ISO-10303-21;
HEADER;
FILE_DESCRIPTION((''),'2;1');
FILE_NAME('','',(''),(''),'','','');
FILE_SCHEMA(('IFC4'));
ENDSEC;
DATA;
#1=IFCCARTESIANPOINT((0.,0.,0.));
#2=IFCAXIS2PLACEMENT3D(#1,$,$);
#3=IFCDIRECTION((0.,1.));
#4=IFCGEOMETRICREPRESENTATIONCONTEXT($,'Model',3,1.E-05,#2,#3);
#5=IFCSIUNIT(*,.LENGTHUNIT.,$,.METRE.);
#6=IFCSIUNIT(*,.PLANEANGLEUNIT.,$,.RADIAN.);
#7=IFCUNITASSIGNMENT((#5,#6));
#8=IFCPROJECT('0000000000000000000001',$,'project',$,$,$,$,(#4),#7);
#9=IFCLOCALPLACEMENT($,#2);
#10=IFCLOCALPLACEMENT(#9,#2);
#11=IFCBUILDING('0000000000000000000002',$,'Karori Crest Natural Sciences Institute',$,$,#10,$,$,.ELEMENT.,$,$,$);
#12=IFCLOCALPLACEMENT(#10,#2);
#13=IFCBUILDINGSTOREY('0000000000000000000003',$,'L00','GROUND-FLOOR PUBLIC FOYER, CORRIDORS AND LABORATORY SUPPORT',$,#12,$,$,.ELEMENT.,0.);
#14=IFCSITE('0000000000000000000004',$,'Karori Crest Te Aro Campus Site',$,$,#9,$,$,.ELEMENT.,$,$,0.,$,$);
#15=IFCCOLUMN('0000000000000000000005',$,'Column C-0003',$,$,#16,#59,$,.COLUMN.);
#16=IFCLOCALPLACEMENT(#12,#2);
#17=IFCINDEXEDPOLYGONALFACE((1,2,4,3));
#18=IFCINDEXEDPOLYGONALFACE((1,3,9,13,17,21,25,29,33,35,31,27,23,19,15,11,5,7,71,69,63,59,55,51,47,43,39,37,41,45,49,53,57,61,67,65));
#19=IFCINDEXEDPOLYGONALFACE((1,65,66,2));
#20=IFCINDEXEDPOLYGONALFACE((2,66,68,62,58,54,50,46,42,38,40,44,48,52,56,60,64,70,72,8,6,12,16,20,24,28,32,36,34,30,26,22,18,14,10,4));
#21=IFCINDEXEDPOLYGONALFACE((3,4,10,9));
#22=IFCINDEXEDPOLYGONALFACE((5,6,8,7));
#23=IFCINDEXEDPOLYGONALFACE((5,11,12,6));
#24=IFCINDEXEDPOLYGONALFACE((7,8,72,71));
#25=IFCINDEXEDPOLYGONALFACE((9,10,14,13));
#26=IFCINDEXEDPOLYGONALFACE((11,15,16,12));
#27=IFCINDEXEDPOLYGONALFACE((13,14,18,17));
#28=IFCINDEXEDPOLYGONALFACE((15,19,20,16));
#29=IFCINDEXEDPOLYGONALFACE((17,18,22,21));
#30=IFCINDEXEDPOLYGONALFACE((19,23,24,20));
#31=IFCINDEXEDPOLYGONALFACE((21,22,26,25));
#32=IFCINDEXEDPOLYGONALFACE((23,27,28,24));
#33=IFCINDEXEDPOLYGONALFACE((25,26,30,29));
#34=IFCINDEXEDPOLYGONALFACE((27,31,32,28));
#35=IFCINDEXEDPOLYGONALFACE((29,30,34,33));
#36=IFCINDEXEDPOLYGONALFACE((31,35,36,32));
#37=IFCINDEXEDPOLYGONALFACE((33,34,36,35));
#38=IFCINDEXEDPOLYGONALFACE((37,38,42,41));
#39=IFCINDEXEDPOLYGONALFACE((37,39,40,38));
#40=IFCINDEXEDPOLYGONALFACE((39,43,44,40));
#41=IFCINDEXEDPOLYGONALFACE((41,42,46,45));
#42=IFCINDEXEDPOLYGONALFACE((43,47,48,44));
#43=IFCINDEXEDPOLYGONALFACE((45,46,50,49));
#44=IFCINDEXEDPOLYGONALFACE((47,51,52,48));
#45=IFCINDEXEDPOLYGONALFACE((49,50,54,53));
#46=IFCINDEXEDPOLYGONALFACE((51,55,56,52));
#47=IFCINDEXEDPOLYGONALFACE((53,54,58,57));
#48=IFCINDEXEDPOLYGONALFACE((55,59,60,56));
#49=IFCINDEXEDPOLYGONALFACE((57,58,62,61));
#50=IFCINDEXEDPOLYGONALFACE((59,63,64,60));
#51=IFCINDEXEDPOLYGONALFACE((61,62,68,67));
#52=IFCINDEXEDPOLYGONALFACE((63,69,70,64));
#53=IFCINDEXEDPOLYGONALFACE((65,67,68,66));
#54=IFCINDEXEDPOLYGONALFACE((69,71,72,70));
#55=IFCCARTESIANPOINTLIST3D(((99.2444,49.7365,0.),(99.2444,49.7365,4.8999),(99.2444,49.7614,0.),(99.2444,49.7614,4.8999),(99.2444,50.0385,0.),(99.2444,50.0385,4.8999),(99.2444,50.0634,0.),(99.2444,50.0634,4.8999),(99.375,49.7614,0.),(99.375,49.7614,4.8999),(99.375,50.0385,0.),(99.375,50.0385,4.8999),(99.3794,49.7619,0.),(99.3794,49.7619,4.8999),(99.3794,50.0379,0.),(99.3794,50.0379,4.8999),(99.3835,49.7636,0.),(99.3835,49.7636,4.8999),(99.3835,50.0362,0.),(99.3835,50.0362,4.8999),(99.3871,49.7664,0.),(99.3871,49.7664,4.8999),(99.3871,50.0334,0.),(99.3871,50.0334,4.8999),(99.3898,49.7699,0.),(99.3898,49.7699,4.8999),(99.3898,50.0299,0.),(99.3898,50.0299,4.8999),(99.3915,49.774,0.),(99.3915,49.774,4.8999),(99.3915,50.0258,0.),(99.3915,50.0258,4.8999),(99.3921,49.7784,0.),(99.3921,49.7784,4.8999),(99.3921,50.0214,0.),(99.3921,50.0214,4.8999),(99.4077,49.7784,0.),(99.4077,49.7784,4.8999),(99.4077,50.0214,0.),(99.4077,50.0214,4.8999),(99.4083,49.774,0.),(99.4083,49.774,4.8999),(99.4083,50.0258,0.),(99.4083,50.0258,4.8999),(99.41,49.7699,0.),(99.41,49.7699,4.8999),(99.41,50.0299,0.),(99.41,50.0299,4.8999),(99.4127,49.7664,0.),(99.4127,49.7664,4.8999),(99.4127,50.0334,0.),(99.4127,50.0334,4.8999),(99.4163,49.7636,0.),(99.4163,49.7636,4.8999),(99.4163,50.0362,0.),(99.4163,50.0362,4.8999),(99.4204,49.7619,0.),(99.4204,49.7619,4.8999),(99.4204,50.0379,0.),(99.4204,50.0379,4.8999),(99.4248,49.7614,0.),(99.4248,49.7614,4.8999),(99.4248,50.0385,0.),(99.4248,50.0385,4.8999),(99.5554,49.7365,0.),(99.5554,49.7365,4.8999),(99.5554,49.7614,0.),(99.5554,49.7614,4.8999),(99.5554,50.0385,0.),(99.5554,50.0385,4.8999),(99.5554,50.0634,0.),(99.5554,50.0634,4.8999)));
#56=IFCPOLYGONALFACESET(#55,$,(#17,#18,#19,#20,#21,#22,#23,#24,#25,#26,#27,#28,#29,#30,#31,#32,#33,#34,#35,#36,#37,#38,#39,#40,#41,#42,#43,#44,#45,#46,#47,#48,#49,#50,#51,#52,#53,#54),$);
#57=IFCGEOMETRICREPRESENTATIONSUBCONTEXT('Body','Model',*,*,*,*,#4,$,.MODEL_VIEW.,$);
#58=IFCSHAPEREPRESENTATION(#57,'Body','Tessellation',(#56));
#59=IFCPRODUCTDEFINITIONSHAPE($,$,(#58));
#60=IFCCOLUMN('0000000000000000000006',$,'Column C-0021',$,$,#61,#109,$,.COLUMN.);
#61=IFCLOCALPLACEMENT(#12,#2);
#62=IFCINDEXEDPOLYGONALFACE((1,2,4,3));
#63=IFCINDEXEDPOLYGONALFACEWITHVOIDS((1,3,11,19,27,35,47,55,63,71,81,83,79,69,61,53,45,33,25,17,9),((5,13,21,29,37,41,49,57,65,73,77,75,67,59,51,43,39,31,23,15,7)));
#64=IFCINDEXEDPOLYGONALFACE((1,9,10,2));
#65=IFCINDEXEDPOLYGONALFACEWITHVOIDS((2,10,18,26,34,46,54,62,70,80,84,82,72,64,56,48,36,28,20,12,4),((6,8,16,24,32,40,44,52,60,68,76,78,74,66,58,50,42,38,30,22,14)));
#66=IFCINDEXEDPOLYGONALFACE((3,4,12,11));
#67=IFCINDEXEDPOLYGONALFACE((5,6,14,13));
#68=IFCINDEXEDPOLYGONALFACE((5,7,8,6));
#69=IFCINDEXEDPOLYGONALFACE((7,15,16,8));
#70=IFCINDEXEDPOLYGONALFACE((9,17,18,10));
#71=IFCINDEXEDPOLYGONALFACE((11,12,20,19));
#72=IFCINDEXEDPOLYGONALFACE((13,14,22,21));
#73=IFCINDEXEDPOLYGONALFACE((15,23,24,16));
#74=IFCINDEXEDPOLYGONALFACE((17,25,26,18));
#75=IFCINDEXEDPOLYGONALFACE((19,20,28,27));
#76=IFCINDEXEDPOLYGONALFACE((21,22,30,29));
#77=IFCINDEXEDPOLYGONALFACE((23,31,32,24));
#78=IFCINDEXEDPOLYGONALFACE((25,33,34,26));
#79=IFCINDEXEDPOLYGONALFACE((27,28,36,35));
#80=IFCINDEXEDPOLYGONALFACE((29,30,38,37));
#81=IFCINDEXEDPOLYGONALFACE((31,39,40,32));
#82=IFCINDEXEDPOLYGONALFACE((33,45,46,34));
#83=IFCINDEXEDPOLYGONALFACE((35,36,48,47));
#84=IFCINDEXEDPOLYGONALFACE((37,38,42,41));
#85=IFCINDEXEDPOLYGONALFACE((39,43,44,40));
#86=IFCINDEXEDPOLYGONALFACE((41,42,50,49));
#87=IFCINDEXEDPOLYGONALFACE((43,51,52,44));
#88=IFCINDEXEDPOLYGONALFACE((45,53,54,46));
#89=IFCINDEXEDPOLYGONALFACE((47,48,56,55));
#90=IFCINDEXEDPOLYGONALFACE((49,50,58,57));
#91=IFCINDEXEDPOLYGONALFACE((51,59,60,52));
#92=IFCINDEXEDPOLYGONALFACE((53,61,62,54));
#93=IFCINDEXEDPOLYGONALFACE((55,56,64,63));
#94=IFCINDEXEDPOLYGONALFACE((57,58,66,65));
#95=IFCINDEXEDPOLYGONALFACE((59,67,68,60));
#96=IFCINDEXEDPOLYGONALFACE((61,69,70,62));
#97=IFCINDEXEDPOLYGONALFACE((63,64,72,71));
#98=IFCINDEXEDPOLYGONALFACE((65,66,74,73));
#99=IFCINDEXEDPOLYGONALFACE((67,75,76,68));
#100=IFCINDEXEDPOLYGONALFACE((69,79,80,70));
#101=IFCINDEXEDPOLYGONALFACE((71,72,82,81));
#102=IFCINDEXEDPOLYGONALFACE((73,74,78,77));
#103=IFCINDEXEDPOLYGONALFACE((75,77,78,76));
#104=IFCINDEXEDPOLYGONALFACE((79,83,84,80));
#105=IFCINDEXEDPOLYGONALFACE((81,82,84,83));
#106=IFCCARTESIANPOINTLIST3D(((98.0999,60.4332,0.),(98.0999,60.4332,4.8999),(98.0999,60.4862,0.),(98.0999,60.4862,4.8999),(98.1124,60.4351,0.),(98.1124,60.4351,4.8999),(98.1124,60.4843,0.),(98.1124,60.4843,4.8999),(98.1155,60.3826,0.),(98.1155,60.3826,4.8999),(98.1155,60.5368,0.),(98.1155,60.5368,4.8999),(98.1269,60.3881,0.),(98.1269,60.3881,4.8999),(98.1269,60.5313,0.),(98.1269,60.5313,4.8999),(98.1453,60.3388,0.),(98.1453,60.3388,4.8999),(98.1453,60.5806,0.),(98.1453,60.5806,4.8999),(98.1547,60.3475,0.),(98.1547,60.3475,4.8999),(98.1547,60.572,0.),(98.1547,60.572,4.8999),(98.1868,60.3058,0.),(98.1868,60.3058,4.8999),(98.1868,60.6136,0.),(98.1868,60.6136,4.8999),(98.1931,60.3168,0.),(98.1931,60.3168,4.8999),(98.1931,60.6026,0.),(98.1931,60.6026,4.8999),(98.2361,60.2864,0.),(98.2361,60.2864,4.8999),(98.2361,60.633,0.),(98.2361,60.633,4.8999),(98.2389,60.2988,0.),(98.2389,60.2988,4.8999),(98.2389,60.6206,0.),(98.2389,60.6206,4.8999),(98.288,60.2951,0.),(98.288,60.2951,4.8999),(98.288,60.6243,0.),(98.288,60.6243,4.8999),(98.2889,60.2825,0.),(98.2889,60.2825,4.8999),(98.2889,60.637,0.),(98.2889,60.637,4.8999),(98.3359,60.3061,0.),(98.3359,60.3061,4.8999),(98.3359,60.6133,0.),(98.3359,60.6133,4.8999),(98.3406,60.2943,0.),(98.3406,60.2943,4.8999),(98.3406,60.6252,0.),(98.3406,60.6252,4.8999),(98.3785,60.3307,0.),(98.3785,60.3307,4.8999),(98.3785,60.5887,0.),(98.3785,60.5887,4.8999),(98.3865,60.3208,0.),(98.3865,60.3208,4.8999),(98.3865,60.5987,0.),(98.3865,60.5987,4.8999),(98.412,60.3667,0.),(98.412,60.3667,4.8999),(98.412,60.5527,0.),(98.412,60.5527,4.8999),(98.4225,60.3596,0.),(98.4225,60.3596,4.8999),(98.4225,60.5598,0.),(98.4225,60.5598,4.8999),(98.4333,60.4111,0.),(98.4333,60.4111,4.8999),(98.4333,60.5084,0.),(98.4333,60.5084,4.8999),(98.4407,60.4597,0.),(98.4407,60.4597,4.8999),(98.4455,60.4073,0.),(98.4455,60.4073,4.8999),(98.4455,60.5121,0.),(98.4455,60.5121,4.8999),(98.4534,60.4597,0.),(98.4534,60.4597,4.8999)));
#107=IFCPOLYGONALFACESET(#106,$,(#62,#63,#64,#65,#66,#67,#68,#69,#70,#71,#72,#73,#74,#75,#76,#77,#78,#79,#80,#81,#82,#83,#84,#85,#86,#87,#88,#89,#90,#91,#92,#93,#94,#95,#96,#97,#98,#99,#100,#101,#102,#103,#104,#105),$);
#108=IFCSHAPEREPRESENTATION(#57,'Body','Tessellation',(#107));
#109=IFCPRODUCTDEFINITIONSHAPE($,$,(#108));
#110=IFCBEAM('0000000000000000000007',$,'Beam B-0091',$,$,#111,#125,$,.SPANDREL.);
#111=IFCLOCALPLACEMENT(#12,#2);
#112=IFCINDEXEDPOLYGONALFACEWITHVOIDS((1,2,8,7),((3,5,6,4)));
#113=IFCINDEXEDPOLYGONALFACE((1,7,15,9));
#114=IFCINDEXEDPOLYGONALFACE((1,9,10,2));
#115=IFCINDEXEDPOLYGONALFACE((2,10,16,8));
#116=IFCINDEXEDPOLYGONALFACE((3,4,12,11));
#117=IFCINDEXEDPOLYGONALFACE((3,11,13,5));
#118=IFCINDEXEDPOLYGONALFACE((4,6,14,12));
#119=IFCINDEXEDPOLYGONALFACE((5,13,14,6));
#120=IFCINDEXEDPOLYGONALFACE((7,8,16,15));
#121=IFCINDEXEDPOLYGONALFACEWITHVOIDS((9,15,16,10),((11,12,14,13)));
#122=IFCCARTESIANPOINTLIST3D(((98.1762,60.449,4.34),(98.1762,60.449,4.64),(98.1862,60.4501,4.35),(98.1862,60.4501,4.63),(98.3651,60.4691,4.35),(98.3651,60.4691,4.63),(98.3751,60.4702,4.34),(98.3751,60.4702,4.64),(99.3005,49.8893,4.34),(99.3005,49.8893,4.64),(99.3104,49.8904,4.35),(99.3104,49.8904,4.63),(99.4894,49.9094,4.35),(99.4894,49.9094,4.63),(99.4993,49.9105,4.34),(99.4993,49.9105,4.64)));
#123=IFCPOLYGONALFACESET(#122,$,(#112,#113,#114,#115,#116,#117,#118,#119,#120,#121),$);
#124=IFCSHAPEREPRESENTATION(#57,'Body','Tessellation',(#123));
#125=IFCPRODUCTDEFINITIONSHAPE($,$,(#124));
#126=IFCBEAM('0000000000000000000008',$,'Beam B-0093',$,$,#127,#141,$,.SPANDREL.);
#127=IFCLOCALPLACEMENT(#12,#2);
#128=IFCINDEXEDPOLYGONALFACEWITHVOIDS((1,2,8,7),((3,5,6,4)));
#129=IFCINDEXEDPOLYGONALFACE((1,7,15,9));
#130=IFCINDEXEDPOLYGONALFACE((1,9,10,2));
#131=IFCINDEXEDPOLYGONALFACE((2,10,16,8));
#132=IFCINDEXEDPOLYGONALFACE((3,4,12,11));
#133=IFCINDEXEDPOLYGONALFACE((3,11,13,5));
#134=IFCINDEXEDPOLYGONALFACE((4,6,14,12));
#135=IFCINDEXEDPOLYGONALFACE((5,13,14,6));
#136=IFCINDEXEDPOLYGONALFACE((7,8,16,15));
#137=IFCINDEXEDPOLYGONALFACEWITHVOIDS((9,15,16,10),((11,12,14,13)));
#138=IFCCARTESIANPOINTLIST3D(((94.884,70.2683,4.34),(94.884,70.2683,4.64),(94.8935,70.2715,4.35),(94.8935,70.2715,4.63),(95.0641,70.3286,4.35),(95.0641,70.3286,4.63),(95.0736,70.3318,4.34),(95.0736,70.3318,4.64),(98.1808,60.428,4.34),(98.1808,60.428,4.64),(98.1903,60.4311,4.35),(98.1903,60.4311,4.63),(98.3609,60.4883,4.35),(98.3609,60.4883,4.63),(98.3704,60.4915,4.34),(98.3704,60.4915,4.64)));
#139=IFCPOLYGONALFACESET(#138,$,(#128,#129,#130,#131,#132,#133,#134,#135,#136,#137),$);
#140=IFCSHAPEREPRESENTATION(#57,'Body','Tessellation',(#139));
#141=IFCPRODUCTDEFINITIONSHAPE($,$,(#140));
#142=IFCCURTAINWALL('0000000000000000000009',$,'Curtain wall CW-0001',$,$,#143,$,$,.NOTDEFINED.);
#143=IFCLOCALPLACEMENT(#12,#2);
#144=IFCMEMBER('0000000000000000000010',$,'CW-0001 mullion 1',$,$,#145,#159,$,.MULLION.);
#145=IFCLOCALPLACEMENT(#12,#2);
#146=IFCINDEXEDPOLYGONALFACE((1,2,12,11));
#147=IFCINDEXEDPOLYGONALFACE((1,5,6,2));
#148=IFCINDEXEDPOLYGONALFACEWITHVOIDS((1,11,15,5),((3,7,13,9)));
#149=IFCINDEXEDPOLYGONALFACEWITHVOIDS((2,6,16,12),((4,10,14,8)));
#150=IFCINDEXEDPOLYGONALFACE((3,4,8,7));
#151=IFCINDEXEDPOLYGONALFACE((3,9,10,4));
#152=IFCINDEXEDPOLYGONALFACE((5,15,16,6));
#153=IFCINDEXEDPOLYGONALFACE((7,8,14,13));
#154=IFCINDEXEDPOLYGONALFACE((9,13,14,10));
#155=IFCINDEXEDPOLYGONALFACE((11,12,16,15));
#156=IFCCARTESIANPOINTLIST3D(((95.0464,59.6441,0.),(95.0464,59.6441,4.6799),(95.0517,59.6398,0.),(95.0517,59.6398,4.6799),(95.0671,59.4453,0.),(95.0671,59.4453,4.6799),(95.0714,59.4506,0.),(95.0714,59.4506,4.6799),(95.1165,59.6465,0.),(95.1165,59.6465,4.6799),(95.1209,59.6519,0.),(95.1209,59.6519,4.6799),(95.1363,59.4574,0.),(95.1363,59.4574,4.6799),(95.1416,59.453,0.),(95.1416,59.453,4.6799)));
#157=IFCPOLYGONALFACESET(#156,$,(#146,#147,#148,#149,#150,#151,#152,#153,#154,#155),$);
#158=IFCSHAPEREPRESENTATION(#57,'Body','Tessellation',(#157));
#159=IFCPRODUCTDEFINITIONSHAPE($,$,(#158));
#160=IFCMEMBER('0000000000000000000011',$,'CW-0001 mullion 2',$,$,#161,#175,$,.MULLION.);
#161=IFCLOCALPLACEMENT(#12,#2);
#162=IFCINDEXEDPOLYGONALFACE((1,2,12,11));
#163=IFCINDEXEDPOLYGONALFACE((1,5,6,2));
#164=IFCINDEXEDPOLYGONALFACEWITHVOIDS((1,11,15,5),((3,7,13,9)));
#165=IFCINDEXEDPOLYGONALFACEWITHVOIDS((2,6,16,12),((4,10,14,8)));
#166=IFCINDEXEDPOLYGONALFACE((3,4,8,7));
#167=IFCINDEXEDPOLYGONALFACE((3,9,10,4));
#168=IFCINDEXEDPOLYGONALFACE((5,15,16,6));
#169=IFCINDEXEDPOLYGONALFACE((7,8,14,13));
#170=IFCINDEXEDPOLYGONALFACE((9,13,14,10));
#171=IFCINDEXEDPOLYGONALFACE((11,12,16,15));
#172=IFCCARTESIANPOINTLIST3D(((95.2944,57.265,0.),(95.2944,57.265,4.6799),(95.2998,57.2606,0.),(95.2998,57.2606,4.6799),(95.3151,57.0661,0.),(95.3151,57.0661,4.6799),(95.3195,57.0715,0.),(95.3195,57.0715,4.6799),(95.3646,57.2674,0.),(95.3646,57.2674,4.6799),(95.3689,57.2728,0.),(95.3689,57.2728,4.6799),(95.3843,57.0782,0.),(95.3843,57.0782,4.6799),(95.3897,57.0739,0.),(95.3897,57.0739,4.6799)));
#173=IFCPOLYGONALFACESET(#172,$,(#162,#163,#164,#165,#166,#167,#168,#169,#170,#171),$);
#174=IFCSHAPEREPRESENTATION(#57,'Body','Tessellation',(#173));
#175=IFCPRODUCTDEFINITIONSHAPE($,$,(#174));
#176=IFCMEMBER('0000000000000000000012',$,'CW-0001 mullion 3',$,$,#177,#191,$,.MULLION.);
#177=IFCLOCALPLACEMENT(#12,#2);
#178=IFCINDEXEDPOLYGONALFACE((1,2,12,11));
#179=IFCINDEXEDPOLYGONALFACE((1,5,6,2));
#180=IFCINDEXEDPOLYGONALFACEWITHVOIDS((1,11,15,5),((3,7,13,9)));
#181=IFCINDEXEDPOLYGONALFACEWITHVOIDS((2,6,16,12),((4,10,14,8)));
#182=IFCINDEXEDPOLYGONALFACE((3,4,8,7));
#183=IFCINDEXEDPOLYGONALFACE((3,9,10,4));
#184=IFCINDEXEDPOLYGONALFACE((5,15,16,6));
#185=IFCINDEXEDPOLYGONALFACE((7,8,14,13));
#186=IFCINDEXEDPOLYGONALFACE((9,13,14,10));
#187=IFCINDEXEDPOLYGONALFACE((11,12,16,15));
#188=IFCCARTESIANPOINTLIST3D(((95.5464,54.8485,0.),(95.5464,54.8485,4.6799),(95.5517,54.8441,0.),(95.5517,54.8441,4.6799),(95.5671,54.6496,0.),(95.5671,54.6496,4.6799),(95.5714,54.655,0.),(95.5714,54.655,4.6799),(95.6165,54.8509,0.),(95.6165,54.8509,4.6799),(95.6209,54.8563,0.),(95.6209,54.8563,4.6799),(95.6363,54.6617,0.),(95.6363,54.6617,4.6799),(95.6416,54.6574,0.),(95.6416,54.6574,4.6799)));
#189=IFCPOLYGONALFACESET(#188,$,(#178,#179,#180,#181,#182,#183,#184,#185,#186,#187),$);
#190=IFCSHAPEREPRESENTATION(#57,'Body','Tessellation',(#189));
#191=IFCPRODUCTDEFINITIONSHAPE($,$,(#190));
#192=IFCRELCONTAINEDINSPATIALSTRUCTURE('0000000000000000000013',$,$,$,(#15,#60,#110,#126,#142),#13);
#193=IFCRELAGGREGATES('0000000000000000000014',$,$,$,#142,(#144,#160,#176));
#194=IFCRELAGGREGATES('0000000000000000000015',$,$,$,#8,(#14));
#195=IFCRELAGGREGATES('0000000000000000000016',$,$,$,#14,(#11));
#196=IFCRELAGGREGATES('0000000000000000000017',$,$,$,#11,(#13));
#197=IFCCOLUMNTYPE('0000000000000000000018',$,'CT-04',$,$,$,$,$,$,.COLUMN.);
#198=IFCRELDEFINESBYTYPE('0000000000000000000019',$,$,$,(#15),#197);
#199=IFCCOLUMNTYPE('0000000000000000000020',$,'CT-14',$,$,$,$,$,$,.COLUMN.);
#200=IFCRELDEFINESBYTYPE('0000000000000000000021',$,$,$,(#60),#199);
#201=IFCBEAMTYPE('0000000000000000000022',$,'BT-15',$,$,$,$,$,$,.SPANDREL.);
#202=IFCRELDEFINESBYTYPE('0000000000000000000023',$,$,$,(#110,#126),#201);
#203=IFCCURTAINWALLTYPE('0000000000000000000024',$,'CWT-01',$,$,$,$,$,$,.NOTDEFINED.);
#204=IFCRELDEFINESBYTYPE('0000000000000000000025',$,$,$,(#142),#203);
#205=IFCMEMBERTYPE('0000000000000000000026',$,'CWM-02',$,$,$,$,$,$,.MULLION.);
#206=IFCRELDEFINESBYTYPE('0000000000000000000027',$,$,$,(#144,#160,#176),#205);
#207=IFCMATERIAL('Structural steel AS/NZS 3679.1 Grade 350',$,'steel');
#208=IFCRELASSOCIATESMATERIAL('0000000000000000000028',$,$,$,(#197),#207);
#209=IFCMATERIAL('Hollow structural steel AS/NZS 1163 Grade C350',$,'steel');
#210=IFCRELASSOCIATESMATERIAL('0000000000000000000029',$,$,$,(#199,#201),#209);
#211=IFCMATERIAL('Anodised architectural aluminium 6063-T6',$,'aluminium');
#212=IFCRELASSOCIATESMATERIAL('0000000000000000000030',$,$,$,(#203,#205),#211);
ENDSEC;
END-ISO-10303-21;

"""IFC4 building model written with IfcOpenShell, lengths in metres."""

from ifc_helpers import new_model, si_unit, direction, frame, origin, origin_2d, place, context, subcontext, project, spatial, hollow_rectangle, hollow_circle, i_section, extrude, material, material_profile, profile_set, type_object, element, aggregate, save


model = new_model("IFC4")

# Units and contexts
model_context = context("Model", 3, precision=1e-05, world=origin(), true_north=direction((0.0, 1.0)))
body_context = subcontext(model_context, "Body", "Model", "MODEL_VIEW")
ifc_project = project(units=[si_unit("LENGTHUNIT", "METRE"), si_unit("PLANEANGLEUNIT", "RADIAN")], contexts=[model_context])

# Site, building, storey
site_placement = place(None, origin())
site = spatial("IfcSite", under=ifc_project, at=site_placement, Name="Karori Crest Te Aro Campus Site", CompositionType="ELEMENT", RefElevation=0.0)
building_placement = place(site_placement, origin())
building = spatial("IfcBuilding", under=site, at=building_placement, Name="Karori Crest Natural Sciences Institute", CompositionType="ELEMENT")
storey_placement = place(building_placement, origin())
storey = spatial("IfcBuildingStorey", under=building, at=storey_placement, Name="L00", Description="GROUND-FLOOR PUBLIC FOYER, CORRIDORS AND LABORATORY SUPPORT", CompositionType="ELEMENT", Elevation=0.0)

# Columns
ifc_material_1 = material(Name="Structural steel AS/NZS 3679.1 Grade 350", Category="steel")
ifc_material_profile_1 = material_profile(ifc_material_1, i_section(OverallWidth=0.311, OverallDepth=0.3269, WebThickness=0.0156, FlangeThickness=0.0249, FilletRadius=0.0171, at=origin_2d()), Name="310UC158")
ifc_profile_set_1 = profile_set([ifc_material_profile_1], Name="Structural steel AS/NZS 3679.1 Grade 350")
column_type_1 = type_object("IfcColumnType", Name="CT-04", PredefinedType="COLUMN", material=ifc_profile_set_1)
column_1_placement = place(storey_placement, frame((99.3999, 49.8999, 0.0), z_axis=(0.0, 0.0, 1.0), x_axis=(1.0, 0.0, 0.0)))
element("IfcColumn", 1, at=column_1_placement, inside=storey, type_object=column_type_1, Name="Column C-0003", PredefinedType="COLUMN", context=body_context, shape_type="SweptSolid", body=[
    extrude(i_section(OverallWidth=0.311, OverallDepth=0.3269, WebThickness=0.0156, FlangeThickness=0.0249, FilletRadius=0.0171, at=origin_2d()), origin(), (0.0, 0.0, 1.0), 4.8999),
])
ifc_material_2 = material(Name="Hollow structural steel AS/NZS 1163 Grade C350", Category="steel")
ifc_material_profile_2 = material_profile(ifc_material_2, hollow_circle(Radius=0.1777, WallThickness=0.0127, at=origin_2d()), Name="CHS355.6x12.7")
ifc_profile_set_2 = profile_set([ifc_material_profile_2], Name="Hollow structural steel AS/NZS 1163 Grade C350")
column_type_2 = type_object("IfcColumnType", Name="CT-14", PredefinedType="COLUMN", material=ifc_profile_set_2)
column_2_placement = place(storey_placement, frame((98.2756, 60.4597, 0.0), z_axis=(0.0, 0.0, 1.0), x_axis=(1.0, 0.0, 0.0)))
element("IfcColumn", 2, at=column_2_placement, inside=storey, type_object=column_type_2, Name="Column C-0021", PredefinedType="COLUMN", context=body_context, shape_type="SweptSolid", body=[
    extrude(hollow_circle(Radius=0.1777, WallThickness=0.0127, at=origin_2d()), origin(), (0.0, 0.0, 1.0), 4.8999),
])

# Beams
ifc_material_profile_3 = material_profile(ifc_material_2, hollow_rectangle(XDim=0.2, YDim=0.3, WallThickness=0.01, at=origin_2d()), Name="RHS300x200x10")
ifc_profile_set_3 = profile_set([ifc_material_profile_3], Name="Hollow structural steel AS/NZS 1163 Grade C350")
beam_type = type_object("IfcBeamType", Name="BT-15", PredefinedType="SPANDREL", material=ifc_profile_set_3)
beam_1_placement = place(storey_placement, frame((99.3999, 49.8999, 4.49), z_axis=(-0.105868, 0.99438, 0.0), x_axis=(-0.99438, -0.105868, 0.0)))
element("IfcBeam", 3, at=beam_1_placement, inside=storey, type_object=beam_type, Name="Beam B-0091", PredefinedType="SPANDREL", context=body_context, shape_type="SweptSolid", body=[
    extrude(hollow_rectangle(XDim=0.2, YDim=0.3, WallThickness=0.01, at=origin_2d()), origin(), (0.0, 0.0, 1.0), 10.6194),
])
beam_2_placement = place(storey_placement, frame((98.2756, 60.4597, 4.49), z_axis=(-0.317681, 0.948198, 0.0), x_axis=(-0.948198, -0.317681, 0.0)))
element("IfcBeam", 4, at=beam_2_placement, inside=storey, type_object=beam_type, Name="Beam B-0093", PredefinedType="SPANDREL", context=body_context, shape_type="SweptSolid", body=[
    extrude(hollow_rectangle(XDim=0.2, YDim=0.3, WallThickness=0.01, at=origin_2d()), origin(), (0.0, 0.0, 1.0), 10.3779),
])

# Curtain wall, members
ifc_material_3 = material(Name="Anodised architectural aluminium 6063-T6", Category="aluminium")
curtain_wall_type = type_object("IfcCurtainWallType", Name="CWT-01", PredefinedType="NOTDEFINED", material=ifc_material_3)
curtain_wall_placement = place(storey_placement, origin())
curtain_wall = element("IfcCurtainWall", 5, at=curtain_wall_placement, inside=storey, type_object=curtain_wall_type, Name="Curtain wall CW-0001", PredefinedType="NOTDEFINED")
ifc_material_profile_4 = material_profile(ifc_material_3, hollow_rectangle(XDim=0.075, YDim=0.2, WallThickness=0.0049, at=origin_2d()), Name="CWM200x75x5")
ifc_profile_set_4 = profile_set([ifc_material_profile_4], Name="Anodised architectural aluminium 6063-T6")
member_type_1 = type_object("IfcMemberType", Name="CWM-02", PredefinedType="MULLION", material=ifc_profile_set_4)
member_1_placement = place(storey_placement, frame((95.094, 59.5486, 0.0), z_axis=(0.0, 0.0, 1.0), x_axis=(0.994608, 0.103701, 0.0)))
member_1 = element("IfcMember", 6, at=member_1_placement, type_object=member_type_1, Name="CW-0001 mullion 1", PredefinedType="MULLION", context=body_context, shape_type="SweptSolid", body=[
    extrude(hollow_rectangle(XDim=0.075, YDim=0.2, WallThickness=0.0049, at=origin_2d()), origin(), (0.0, 0.0, 1.0), 4.6799),
])
member_2_placement = place(storey_placement, frame((95.342, 57.1694, 0.0), z_axis=(0.0, 0.0, 1.0), x_axis=(0.994608, 0.103701, 0.0)))
member_2 = element("IfcMember", 7, at=member_2_placement, type_object=member_type_1, Name="CW-0001 mullion 2", PredefinedType="MULLION", context=body_context, shape_type="SweptSolid", body=[
    extrude(hollow_rectangle(XDim=0.075, YDim=0.2, WallThickness=0.0049, at=origin_2d()), origin(), (0.0, 0.0, 1.0), 4.6799),
])
member_3_placement = place(storey_placement, frame((95.594, 54.7529, 0.0), z_axis=(0.0, 0.0, 1.0), x_axis=(0.994608, 0.103701, 0.0)))
member_3 = element("IfcMember", 8, at=member_3_placement, type_object=member_type_1, Name="CW-0001 mullion 3", PredefinedType="MULLION", context=body_context, shape_type="SweptSolid", body=[
    extrude(hollow_rectangle(XDim=0.075, YDim=0.2, WallThickness=0.0049, at=origin_2d()), origin(), (0.0, 0.0, 1.0), 4.6799),
])
aggregate(curtain_wall, [member_1, member_2, member_3])

save(model, "model.ifc")
